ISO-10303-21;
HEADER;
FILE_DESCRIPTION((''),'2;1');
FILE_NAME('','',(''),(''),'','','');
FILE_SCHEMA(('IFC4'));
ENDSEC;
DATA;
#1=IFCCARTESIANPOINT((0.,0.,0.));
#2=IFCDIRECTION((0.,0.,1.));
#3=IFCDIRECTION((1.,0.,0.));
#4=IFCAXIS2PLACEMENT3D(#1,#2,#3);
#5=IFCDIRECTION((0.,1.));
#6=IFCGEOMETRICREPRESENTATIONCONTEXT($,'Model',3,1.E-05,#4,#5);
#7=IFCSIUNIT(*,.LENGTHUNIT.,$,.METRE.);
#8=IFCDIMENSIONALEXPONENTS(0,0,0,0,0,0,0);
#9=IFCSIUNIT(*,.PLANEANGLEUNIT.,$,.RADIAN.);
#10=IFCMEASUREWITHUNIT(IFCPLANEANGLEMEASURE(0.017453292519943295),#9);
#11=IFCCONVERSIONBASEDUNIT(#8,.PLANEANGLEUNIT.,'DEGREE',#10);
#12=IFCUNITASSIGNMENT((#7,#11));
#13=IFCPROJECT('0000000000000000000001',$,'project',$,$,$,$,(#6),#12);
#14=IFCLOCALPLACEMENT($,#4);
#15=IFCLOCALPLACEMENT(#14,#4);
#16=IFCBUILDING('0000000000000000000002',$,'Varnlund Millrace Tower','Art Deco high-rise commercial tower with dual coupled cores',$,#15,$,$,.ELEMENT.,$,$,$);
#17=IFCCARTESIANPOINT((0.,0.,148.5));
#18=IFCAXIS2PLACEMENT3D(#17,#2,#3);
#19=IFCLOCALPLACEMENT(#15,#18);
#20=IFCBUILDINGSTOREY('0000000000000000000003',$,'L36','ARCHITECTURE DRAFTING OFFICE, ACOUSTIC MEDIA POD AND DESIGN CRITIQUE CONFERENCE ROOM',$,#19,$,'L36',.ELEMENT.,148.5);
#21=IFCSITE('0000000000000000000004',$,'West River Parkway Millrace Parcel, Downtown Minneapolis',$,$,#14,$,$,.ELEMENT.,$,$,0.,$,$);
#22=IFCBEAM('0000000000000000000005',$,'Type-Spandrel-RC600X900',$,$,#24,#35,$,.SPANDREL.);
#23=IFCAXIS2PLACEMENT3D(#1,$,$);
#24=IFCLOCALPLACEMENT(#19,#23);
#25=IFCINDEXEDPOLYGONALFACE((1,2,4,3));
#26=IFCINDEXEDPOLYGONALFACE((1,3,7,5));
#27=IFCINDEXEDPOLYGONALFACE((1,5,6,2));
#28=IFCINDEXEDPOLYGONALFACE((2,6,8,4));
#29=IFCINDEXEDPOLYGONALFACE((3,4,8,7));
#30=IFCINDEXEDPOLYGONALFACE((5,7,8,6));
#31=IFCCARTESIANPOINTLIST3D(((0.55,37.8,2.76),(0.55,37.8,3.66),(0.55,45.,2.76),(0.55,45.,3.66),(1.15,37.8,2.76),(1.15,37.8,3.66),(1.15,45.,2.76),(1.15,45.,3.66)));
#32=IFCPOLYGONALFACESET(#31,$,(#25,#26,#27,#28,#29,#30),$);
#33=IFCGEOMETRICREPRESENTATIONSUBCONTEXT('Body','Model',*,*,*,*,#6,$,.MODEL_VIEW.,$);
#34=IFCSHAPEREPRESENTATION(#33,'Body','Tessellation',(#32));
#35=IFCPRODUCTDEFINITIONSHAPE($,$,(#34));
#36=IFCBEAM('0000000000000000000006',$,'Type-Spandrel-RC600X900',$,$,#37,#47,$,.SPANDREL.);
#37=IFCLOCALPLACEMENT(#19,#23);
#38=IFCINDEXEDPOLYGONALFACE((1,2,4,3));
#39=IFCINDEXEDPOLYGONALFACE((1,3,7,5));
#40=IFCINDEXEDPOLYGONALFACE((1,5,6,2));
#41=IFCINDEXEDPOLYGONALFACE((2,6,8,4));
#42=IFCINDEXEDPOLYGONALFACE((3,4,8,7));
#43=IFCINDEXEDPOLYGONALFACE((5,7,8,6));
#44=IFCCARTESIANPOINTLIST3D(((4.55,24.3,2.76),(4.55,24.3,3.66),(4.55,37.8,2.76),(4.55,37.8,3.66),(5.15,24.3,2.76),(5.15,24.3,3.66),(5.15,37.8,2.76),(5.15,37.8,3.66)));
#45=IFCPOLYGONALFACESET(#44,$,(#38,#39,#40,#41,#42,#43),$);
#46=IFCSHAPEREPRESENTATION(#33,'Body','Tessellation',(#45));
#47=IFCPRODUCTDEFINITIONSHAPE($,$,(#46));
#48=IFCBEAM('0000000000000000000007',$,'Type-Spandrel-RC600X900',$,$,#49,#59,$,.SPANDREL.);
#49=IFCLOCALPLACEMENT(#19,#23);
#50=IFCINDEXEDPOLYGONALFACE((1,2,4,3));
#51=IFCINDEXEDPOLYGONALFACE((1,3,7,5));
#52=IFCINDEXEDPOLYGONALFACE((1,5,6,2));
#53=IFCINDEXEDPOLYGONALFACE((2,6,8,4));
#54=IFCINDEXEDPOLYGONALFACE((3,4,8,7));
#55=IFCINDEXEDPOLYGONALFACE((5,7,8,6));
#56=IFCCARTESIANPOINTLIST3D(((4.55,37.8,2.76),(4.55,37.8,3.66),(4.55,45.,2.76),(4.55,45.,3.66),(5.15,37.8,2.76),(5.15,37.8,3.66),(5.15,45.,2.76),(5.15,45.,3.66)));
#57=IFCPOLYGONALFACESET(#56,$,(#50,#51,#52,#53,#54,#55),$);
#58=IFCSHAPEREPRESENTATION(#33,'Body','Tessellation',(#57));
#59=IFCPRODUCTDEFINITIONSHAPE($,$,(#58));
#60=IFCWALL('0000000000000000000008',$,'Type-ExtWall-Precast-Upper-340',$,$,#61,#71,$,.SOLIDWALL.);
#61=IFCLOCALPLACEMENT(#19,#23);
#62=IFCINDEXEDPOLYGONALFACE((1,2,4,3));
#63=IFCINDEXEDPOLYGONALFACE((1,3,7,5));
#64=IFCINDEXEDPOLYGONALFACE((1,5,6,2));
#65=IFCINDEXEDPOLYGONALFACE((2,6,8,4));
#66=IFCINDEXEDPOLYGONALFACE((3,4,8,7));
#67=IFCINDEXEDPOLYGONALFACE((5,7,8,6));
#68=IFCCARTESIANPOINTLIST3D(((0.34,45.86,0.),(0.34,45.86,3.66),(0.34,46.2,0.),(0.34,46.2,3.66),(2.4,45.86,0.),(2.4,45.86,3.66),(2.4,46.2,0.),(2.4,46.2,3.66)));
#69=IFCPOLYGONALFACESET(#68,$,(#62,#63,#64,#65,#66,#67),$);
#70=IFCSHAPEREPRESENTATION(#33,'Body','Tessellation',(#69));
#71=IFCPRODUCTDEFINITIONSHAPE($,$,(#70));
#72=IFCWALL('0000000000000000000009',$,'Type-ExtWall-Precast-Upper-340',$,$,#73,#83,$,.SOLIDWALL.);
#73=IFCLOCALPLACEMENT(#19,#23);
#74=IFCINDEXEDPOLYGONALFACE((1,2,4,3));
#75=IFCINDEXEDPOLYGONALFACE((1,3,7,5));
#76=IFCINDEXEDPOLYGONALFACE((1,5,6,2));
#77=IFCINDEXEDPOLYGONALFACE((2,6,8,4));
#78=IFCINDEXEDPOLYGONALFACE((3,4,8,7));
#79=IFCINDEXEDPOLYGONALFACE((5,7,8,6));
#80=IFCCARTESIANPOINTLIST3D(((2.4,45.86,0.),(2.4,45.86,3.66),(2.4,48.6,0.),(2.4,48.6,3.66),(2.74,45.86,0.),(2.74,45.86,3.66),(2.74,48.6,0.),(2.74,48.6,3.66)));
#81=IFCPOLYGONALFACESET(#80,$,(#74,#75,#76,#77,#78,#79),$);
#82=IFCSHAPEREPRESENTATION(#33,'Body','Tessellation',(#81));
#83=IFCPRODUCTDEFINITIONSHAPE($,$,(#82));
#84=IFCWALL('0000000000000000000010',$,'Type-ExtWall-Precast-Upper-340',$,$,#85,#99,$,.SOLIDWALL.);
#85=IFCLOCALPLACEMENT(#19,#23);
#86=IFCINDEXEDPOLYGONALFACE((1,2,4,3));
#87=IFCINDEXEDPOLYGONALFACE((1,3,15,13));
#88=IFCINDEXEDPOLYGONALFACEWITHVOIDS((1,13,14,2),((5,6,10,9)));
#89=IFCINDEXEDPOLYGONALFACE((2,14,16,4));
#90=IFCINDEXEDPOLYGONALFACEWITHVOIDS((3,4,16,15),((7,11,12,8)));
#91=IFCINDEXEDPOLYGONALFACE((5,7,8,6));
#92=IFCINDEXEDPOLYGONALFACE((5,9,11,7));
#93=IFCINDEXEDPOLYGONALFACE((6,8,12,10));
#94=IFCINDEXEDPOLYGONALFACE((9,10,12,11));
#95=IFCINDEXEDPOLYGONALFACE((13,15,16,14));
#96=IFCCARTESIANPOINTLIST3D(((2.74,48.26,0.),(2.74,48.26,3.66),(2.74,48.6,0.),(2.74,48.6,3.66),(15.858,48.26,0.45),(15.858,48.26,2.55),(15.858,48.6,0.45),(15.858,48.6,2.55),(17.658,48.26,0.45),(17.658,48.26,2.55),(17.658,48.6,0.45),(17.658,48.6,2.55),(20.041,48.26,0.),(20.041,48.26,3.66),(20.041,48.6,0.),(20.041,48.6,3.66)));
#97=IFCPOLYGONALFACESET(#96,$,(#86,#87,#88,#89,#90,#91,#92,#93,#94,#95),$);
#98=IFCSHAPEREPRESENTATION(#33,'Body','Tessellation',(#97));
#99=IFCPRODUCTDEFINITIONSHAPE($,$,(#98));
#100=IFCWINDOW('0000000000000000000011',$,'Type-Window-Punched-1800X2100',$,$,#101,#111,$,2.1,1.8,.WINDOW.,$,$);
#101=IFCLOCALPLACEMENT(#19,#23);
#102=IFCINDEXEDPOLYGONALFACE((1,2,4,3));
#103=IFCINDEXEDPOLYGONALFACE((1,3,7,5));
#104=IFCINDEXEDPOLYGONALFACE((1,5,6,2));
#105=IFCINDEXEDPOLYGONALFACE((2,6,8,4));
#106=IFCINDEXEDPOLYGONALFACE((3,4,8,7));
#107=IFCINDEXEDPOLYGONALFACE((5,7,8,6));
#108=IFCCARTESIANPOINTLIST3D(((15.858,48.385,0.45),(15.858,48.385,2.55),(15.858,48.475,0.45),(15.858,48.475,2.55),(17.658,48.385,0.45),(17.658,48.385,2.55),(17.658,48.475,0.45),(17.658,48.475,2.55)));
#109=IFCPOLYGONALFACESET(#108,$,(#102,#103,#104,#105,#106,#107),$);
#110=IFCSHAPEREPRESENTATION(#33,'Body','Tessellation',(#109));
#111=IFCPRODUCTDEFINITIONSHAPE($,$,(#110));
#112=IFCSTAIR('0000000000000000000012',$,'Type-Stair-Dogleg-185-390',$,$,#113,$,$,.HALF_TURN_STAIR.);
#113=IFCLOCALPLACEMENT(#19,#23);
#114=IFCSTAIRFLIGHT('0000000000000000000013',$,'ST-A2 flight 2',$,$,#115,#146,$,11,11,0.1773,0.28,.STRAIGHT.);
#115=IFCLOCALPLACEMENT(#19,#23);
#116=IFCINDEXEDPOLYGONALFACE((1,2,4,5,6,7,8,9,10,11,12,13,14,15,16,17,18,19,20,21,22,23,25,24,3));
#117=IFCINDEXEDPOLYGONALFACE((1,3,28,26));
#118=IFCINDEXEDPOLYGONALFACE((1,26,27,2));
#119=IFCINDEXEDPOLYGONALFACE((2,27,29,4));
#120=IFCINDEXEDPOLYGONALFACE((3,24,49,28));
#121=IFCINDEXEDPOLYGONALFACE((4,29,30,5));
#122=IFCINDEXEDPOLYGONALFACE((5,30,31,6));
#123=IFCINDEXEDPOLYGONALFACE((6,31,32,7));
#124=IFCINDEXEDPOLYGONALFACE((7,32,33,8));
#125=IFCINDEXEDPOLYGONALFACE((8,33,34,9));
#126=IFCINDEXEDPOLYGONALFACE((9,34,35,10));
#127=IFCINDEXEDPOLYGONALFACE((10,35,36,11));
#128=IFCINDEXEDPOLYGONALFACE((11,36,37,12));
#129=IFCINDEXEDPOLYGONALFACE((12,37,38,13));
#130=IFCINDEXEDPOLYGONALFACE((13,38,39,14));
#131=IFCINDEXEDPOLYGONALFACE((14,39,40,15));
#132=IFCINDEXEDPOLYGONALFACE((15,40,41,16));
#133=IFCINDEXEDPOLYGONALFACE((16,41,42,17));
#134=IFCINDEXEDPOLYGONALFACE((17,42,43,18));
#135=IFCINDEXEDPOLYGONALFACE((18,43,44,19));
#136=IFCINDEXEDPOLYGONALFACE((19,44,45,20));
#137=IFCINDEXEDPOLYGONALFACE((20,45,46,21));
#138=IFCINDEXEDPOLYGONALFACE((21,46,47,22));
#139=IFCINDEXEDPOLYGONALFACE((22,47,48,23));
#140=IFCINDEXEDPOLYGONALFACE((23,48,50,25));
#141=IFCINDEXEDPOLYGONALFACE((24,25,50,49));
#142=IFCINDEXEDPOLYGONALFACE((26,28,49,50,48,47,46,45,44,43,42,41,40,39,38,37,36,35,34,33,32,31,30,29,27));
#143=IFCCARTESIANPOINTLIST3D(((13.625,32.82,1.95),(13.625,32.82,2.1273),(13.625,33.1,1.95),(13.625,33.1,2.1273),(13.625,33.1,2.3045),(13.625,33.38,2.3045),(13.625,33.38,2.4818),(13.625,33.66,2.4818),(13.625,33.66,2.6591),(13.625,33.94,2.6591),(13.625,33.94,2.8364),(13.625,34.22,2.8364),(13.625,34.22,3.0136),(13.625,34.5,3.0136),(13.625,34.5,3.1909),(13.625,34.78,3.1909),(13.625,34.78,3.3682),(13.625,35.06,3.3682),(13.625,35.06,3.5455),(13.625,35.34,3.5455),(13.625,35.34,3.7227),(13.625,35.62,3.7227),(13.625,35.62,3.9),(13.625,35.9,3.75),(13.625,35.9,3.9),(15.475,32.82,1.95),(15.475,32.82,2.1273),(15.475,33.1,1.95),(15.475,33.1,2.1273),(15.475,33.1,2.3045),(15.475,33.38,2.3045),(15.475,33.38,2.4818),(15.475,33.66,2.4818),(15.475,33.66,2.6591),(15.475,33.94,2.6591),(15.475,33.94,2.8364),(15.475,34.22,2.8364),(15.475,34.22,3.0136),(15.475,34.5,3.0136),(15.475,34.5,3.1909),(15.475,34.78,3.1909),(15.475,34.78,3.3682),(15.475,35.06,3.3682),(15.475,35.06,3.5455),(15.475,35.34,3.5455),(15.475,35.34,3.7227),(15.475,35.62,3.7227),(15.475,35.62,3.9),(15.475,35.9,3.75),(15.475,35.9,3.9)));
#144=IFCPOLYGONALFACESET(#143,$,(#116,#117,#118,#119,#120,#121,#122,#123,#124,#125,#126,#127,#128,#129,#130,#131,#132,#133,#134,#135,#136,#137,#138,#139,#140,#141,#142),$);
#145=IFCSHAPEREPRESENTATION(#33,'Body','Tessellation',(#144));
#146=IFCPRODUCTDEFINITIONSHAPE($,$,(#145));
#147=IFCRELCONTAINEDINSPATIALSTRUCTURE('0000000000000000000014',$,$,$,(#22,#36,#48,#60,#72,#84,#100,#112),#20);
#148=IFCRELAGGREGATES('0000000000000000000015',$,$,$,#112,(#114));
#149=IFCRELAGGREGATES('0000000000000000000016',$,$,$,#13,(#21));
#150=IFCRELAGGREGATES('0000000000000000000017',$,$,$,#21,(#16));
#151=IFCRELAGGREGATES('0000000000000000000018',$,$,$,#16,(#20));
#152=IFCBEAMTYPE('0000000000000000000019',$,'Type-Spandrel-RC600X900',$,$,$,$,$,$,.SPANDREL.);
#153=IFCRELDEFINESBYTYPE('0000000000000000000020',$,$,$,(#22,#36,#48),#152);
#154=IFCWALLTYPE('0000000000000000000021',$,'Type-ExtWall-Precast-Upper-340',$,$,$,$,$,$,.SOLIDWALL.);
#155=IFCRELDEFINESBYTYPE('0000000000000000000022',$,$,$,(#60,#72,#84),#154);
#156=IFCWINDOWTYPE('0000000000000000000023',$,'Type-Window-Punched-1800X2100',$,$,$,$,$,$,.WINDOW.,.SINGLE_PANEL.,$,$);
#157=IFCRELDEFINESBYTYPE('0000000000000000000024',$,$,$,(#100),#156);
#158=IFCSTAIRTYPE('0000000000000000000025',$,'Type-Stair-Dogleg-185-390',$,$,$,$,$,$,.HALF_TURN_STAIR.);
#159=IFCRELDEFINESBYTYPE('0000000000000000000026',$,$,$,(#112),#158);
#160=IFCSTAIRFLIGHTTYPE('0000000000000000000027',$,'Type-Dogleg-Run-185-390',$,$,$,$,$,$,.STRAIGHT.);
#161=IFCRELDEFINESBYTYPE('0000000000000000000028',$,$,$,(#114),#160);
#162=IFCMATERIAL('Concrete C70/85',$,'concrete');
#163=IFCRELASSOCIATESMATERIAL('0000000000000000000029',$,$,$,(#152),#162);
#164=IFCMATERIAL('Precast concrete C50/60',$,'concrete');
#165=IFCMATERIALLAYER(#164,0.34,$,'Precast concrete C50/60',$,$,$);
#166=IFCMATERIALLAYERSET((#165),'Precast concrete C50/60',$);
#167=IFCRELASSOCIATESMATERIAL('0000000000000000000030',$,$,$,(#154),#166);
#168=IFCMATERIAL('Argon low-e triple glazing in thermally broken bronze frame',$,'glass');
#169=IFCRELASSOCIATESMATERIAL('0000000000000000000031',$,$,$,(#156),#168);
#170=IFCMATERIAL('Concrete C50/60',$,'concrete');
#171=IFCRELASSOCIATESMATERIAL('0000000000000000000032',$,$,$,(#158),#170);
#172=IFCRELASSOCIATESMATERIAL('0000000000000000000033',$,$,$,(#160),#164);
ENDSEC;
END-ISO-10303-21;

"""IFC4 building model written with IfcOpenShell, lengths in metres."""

from ifc_helpers import new_model, entity, si_unit, converted_unit, direction, frame, origin_with_axes, origin_2d_with_axis, place, context, subcontext, project, spatial, polyline, rectangle, outline, extrude, material, layer, layer_set, material_profile, profile_set, type_object, element, fill, aggregate, save


model = new_model("IFC4")

# Units and contexts
model_context = context("Model", 3, precision=1e-05, world=origin_with_axes(), true_north=direction((0.0, 1.0)))
body_context = subcontext(model_context, "Body", "Model", "MODEL_VIEW")
ifc_project = project(units=[si_unit("LENGTHUNIT", "METRE"), converted_unit("PLANEANGLEUNIT", "DEGREE", entity("IfcPlaneAngleMeasure", 0.017453292519943295), si_unit("PLANEANGLEUNIT", "RADIAN"), dimensions=[0, 0, 0, 0, 0, 0, 0])], contexts=[model_context])

# Site, building, storey
site_placement = place(None, origin_with_axes())
site = spatial("IfcSite", under=ifc_project, at=site_placement, Name="West River Parkway Millrace Parcel, Downtown Minneapolis", CompositionType="ELEMENT", RefElevation=0.0)
building_placement = place(site_placement, origin_with_axes())
building = spatial("IfcBuilding", under=site, at=building_placement, Name="Varnlund Millrace Tower", Description="Art Deco high-rise commercial tower with dual coupled cores", CompositionType="ELEMENT")
storey_placement = place(building_placement, frame((0.0, 0.0, 148.5), z_axis=(0.0, 0.0, 1.0), x_axis=(1.0, 0.0, 0.0)))
storey = spatial("IfcBuildingStorey", under=building, at=storey_placement, Name="L36", Description="ARCHITECTURE DRAFTING OFFICE, ACOUSTIC MEDIA POD AND DESIGN CRITIQUE CONFERENCE ROOM", LongName="L36", CompositionType="ELEMENT", Elevation=148.5)

# Beams
ifc_material_1 = material(Name="Concrete C70/85", Category="concrete")
ifc_material_profile_1 = material_profile(ifc_material_1, rectangle(XDim=0.6, YDim=0.9, at=origin_2d_with_axis()), Name="Concrete C70/85")
ifc_profile_set_1 = profile_set([ifc_material_profile_1], Name="Concrete C70/85")
beam_type_1 = type_object("IfcBeamType", Name="Type-Spandrel-RC600X900", PredefinedType="SPANDREL", material=ifc_profile_set_1)
beam_1_placement = place(storey_placement, frame((0.85, 37.8, 3.21), z_axis=(0.0, 1.0, 0.0), x_axis=(-1.0, 0.0, 0.0)))
element("IfcBeam", 1, at=beam_1_placement, inside=storey, type_object=beam_type_1, Name="Type-Spandrel-RC600X900", PredefinedType="SPANDREL", context=body_context, shape_type="SweptSolid", body=[
    extrude(rectangle(XDim=0.6, YDim=0.9, at=origin_2d_with_axis()), origin_with_axes(), (0.0, 0.0, 1.0), 7.2),
])
beam_2_placement = place(storey_placement, frame((4.85, 24.3, 3.21), z_axis=(0.0, 1.0, 0.0), x_axis=(-1.0, 0.0, 0.0)))
element("IfcBeam", 2, at=beam_2_placement, inside=storey, type_object=beam_type_1, Name="Type-Spandrel-RC600X900", PredefinedType="SPANDREL", context=body_context, shape_type="SweptSolid", body=[
    extrude(rectangle(XDim=0.6, YDim=0.9, at=origin_2d_with_axis()), origin_with_axes(), (0.0, 0.0, 1.0), 13.5),
])
beam_3_placement = place(storey_placement, frame((4.85, 37.8, 3.21), z_axis=(0.0, 1.0, 0.0), x_axis=(-1.0, 0.0, 0.0)))
element("IfcBeam", 3, at=beam_3_placement, inside=storey, type_object=beam_type_1, Name="Type-Spandrel-RC600X900", PredefinedType="SPANDREL", context=body_context, shape_type="SweptSolid", body=[
    extrude(rectangle(XDim=0.6, YDim=0.9, at=origin_2d_with_axis()), origin_with_axes(), (0.0, 0.0, 1.0), 7.2),
])

# Walls
ifc_material_2 = material(Name="Precast concrete C50/60", Category="concrete")
ifc_layer = layer(ifc_material_2, 0.34, Name="Precast concrete C50/60")
ifc_layer_set = layer_set([ifc_layer], Name="Precast concrete C50/60")
wall_type = type_object("IfcWallType", Name="Type-ExtWall-Precast-Upper-340", PredefinedType="SOLIDWALL", material=ifc_layer_set)
wall_1_placement = place(storey_placement, frame((0.34, 46.03, 0.0), z_axis=(0.0, 0.0, 1.0), x_axis=(1.0, 0.0, 0.0)))
element("IfcWall", 4, at=wall_1_placement, inside=storey, type_object=wall_type, Name="Type-ExtWall-Precast-Upper-340", PredefinedType="SOLIDWALL", context=body_context, shape_type="SweptSolid", body=[
    extrude(outline(polyline([(0.0, -0.17), (2.06, -0.17), (2.06, 0.17), (0.0, 0.17), (0.0, -0.17)])), origin_with_axes(), (0.0, 0.0, 1.0), 3.66),
])
wall_2_placement = place(storey_placement, frame((2.57, 45.86, 0.0), z_axis=(0.0, 0.0, 1.0), x_axis=(0.0, 1.0, 0.0)))
element("IfcWall", 5, at=wall_2_placement, inside=storey, type_object=wall_type, Name="Type-ExtWall-Precast-Upper-340", PredefinedType="SOLIDWALL", context=body_context, shape_type="SweptSolid", body=[
    extrude(outline(polyline([(0.0, -0.17), (2.74, -0.17), (2.74, 0.17), (0.0, 0.17), (0.0, -0.17)])), origin_with_axes(), (0.0, 0.0, 1.0), 3.66),
])

# Wall, opening, window
wall_3_placement = place(storey_placement, frame((2.74, 48.43, 0.0), z_axis=(0.0, 0.0, 1.0), x_axis=(1.0, 0.0, 0.0)))
wall_3 = element("IfcWall", 6, at=wall_3_placement, inside=storey, type_object=wall_type, Name="Type-ExtWall-Precast-Upper-340", PredefinedType="SOLIDWALL", context=body_context, shape_type="SweptSolid", body=[
    extrude(outline(polyline([(0.0, -0.17), (17.301, -0.17), (17.301, 0.17), (0.0, 0.17), (0.0, -0.17)])), origin_with_axes(), (0.0, 0.0, 1.0), 3.66),
])
opening_placement = place(wall_3_placement, frame((14.018, 0.0, 0.45), z_axis=(0.0, 0.0, 1.0), x_axis=(1.0, 0.0, 0.0)))
opening = element("IfcOpeningElement", 7, at=opening_placement, cuts=wall_3, PredefinedType="OPENING", context=body_context, shape_type="SweptSolid", body=[
    extrude(rectangle(XDim=1.8, YDim=0.36, at=origin_2d_with_axis()), origin_with_axes(), (0.0, 0.0, 1.0), 2.1),
])
ifc_material_3 = material(Name="Argon low-e triple glazing in thermally broken bronze frame", Category="glass")
window_type = type_object("IfcWindowType", Name="Type-Window-Punched-1800X2100", PartitioningType="SINGLE_PANEL", PredefinedType="WINDOW", material=ifc_material_3)
window_placement = place(wall_3_placement, frame((14.018, 0.0, 0.45), z_axis=(0.0, 0.0, 1.0), x_axis=(1.0, 0.0, 0.0)))
window = element("IfcWindow", 8, at=window_placement, inside=storey, type_object=window_type, Name="Type-Window-Punched-1800X2100", OverallHeight=2.1, OverallWidth=1.8, PredefinedType="WINDOW", context=body_context, shape_type="SweptSolid", body=[
    extrude(rectangle(XDim=1.8, YDim=0.09, at=origin_2d_with_axis()), origin_with_axes(), (0.0, 0.0, 1.0), 2.1),
])
fill(opening, window)

# Stair, stair flight
ifc_material_4 = material(Name="Concrete C50/60", Category="concrete")
stair_type = type_object("IfcStairType", Name="Type-Stair-Dogleg-185-390", PredefinedType="HALF_TURN_STAIR", material=ifc_material_4)
stair_placement = place(storey_placement, origin_with_axes())
stair = element("IfcStair", 9, at=stair_placement, inside=storey, type_object=stair_type, Name="Type-Stair-Dogleg-185-390", PredefinedType="HALF_TURN_STAIR")
stair_flight_type = type_object("IfcStairFlightType", Name="Type-Dogleg-Run-185-390", PredefinedType="STRAIGHT", material=ifc_material_2)
stair_flight_placement = place(storey_placement, frame((13.625, 32.82, 1.95), z_axis=(1.0, 0.0, 0.0), x_axis=(0.0, 1.0, 0.0)))
stair_flight = element("IfcStairFlight", 10, at=stair_flight_placement, type_object=stair_flight_type, Name="ST-A2 flight 2", NumberOfRisers=11, NumberOfTreads=11, PredefinedType="STRAIGHT", RiserHeight=0.1773, TreadLength=0.28, context=body_context, shape_type="SweptSolid", body=[
    extrude(outline(polyline([(0.0, 0.0), (0.0, 0.1773), (0.28, 0.1773), (0.28, 0.3545), (0.56, 0.3545), (0.56, 0.5318), (0.84, 0.5318), (0.84, 0.7091), (1.12, 0.7091), (1.12, 0.8864), (1.4, 0.8864), (1.4, 1.0636), (1.68, 1.0636), (1.68, 1.2409), (1.96, 1.2409), (1.96, 1.4182), (2.24, 1.4182), (2.24, 1.5955), (2.52, 1.5955), (2.52, 1.7727), (2.8, 1.7727), (2.8, 1.95), (3.08, 1.95), (3.08, 1.8), (0.28, 0.0), (0.0, 0.0)])), origin_with_axes(), (0.0, 0.0, 1.0), 1.85),
])
aggregate(stair, [stair_flight])

save(model, "model.ifc")
